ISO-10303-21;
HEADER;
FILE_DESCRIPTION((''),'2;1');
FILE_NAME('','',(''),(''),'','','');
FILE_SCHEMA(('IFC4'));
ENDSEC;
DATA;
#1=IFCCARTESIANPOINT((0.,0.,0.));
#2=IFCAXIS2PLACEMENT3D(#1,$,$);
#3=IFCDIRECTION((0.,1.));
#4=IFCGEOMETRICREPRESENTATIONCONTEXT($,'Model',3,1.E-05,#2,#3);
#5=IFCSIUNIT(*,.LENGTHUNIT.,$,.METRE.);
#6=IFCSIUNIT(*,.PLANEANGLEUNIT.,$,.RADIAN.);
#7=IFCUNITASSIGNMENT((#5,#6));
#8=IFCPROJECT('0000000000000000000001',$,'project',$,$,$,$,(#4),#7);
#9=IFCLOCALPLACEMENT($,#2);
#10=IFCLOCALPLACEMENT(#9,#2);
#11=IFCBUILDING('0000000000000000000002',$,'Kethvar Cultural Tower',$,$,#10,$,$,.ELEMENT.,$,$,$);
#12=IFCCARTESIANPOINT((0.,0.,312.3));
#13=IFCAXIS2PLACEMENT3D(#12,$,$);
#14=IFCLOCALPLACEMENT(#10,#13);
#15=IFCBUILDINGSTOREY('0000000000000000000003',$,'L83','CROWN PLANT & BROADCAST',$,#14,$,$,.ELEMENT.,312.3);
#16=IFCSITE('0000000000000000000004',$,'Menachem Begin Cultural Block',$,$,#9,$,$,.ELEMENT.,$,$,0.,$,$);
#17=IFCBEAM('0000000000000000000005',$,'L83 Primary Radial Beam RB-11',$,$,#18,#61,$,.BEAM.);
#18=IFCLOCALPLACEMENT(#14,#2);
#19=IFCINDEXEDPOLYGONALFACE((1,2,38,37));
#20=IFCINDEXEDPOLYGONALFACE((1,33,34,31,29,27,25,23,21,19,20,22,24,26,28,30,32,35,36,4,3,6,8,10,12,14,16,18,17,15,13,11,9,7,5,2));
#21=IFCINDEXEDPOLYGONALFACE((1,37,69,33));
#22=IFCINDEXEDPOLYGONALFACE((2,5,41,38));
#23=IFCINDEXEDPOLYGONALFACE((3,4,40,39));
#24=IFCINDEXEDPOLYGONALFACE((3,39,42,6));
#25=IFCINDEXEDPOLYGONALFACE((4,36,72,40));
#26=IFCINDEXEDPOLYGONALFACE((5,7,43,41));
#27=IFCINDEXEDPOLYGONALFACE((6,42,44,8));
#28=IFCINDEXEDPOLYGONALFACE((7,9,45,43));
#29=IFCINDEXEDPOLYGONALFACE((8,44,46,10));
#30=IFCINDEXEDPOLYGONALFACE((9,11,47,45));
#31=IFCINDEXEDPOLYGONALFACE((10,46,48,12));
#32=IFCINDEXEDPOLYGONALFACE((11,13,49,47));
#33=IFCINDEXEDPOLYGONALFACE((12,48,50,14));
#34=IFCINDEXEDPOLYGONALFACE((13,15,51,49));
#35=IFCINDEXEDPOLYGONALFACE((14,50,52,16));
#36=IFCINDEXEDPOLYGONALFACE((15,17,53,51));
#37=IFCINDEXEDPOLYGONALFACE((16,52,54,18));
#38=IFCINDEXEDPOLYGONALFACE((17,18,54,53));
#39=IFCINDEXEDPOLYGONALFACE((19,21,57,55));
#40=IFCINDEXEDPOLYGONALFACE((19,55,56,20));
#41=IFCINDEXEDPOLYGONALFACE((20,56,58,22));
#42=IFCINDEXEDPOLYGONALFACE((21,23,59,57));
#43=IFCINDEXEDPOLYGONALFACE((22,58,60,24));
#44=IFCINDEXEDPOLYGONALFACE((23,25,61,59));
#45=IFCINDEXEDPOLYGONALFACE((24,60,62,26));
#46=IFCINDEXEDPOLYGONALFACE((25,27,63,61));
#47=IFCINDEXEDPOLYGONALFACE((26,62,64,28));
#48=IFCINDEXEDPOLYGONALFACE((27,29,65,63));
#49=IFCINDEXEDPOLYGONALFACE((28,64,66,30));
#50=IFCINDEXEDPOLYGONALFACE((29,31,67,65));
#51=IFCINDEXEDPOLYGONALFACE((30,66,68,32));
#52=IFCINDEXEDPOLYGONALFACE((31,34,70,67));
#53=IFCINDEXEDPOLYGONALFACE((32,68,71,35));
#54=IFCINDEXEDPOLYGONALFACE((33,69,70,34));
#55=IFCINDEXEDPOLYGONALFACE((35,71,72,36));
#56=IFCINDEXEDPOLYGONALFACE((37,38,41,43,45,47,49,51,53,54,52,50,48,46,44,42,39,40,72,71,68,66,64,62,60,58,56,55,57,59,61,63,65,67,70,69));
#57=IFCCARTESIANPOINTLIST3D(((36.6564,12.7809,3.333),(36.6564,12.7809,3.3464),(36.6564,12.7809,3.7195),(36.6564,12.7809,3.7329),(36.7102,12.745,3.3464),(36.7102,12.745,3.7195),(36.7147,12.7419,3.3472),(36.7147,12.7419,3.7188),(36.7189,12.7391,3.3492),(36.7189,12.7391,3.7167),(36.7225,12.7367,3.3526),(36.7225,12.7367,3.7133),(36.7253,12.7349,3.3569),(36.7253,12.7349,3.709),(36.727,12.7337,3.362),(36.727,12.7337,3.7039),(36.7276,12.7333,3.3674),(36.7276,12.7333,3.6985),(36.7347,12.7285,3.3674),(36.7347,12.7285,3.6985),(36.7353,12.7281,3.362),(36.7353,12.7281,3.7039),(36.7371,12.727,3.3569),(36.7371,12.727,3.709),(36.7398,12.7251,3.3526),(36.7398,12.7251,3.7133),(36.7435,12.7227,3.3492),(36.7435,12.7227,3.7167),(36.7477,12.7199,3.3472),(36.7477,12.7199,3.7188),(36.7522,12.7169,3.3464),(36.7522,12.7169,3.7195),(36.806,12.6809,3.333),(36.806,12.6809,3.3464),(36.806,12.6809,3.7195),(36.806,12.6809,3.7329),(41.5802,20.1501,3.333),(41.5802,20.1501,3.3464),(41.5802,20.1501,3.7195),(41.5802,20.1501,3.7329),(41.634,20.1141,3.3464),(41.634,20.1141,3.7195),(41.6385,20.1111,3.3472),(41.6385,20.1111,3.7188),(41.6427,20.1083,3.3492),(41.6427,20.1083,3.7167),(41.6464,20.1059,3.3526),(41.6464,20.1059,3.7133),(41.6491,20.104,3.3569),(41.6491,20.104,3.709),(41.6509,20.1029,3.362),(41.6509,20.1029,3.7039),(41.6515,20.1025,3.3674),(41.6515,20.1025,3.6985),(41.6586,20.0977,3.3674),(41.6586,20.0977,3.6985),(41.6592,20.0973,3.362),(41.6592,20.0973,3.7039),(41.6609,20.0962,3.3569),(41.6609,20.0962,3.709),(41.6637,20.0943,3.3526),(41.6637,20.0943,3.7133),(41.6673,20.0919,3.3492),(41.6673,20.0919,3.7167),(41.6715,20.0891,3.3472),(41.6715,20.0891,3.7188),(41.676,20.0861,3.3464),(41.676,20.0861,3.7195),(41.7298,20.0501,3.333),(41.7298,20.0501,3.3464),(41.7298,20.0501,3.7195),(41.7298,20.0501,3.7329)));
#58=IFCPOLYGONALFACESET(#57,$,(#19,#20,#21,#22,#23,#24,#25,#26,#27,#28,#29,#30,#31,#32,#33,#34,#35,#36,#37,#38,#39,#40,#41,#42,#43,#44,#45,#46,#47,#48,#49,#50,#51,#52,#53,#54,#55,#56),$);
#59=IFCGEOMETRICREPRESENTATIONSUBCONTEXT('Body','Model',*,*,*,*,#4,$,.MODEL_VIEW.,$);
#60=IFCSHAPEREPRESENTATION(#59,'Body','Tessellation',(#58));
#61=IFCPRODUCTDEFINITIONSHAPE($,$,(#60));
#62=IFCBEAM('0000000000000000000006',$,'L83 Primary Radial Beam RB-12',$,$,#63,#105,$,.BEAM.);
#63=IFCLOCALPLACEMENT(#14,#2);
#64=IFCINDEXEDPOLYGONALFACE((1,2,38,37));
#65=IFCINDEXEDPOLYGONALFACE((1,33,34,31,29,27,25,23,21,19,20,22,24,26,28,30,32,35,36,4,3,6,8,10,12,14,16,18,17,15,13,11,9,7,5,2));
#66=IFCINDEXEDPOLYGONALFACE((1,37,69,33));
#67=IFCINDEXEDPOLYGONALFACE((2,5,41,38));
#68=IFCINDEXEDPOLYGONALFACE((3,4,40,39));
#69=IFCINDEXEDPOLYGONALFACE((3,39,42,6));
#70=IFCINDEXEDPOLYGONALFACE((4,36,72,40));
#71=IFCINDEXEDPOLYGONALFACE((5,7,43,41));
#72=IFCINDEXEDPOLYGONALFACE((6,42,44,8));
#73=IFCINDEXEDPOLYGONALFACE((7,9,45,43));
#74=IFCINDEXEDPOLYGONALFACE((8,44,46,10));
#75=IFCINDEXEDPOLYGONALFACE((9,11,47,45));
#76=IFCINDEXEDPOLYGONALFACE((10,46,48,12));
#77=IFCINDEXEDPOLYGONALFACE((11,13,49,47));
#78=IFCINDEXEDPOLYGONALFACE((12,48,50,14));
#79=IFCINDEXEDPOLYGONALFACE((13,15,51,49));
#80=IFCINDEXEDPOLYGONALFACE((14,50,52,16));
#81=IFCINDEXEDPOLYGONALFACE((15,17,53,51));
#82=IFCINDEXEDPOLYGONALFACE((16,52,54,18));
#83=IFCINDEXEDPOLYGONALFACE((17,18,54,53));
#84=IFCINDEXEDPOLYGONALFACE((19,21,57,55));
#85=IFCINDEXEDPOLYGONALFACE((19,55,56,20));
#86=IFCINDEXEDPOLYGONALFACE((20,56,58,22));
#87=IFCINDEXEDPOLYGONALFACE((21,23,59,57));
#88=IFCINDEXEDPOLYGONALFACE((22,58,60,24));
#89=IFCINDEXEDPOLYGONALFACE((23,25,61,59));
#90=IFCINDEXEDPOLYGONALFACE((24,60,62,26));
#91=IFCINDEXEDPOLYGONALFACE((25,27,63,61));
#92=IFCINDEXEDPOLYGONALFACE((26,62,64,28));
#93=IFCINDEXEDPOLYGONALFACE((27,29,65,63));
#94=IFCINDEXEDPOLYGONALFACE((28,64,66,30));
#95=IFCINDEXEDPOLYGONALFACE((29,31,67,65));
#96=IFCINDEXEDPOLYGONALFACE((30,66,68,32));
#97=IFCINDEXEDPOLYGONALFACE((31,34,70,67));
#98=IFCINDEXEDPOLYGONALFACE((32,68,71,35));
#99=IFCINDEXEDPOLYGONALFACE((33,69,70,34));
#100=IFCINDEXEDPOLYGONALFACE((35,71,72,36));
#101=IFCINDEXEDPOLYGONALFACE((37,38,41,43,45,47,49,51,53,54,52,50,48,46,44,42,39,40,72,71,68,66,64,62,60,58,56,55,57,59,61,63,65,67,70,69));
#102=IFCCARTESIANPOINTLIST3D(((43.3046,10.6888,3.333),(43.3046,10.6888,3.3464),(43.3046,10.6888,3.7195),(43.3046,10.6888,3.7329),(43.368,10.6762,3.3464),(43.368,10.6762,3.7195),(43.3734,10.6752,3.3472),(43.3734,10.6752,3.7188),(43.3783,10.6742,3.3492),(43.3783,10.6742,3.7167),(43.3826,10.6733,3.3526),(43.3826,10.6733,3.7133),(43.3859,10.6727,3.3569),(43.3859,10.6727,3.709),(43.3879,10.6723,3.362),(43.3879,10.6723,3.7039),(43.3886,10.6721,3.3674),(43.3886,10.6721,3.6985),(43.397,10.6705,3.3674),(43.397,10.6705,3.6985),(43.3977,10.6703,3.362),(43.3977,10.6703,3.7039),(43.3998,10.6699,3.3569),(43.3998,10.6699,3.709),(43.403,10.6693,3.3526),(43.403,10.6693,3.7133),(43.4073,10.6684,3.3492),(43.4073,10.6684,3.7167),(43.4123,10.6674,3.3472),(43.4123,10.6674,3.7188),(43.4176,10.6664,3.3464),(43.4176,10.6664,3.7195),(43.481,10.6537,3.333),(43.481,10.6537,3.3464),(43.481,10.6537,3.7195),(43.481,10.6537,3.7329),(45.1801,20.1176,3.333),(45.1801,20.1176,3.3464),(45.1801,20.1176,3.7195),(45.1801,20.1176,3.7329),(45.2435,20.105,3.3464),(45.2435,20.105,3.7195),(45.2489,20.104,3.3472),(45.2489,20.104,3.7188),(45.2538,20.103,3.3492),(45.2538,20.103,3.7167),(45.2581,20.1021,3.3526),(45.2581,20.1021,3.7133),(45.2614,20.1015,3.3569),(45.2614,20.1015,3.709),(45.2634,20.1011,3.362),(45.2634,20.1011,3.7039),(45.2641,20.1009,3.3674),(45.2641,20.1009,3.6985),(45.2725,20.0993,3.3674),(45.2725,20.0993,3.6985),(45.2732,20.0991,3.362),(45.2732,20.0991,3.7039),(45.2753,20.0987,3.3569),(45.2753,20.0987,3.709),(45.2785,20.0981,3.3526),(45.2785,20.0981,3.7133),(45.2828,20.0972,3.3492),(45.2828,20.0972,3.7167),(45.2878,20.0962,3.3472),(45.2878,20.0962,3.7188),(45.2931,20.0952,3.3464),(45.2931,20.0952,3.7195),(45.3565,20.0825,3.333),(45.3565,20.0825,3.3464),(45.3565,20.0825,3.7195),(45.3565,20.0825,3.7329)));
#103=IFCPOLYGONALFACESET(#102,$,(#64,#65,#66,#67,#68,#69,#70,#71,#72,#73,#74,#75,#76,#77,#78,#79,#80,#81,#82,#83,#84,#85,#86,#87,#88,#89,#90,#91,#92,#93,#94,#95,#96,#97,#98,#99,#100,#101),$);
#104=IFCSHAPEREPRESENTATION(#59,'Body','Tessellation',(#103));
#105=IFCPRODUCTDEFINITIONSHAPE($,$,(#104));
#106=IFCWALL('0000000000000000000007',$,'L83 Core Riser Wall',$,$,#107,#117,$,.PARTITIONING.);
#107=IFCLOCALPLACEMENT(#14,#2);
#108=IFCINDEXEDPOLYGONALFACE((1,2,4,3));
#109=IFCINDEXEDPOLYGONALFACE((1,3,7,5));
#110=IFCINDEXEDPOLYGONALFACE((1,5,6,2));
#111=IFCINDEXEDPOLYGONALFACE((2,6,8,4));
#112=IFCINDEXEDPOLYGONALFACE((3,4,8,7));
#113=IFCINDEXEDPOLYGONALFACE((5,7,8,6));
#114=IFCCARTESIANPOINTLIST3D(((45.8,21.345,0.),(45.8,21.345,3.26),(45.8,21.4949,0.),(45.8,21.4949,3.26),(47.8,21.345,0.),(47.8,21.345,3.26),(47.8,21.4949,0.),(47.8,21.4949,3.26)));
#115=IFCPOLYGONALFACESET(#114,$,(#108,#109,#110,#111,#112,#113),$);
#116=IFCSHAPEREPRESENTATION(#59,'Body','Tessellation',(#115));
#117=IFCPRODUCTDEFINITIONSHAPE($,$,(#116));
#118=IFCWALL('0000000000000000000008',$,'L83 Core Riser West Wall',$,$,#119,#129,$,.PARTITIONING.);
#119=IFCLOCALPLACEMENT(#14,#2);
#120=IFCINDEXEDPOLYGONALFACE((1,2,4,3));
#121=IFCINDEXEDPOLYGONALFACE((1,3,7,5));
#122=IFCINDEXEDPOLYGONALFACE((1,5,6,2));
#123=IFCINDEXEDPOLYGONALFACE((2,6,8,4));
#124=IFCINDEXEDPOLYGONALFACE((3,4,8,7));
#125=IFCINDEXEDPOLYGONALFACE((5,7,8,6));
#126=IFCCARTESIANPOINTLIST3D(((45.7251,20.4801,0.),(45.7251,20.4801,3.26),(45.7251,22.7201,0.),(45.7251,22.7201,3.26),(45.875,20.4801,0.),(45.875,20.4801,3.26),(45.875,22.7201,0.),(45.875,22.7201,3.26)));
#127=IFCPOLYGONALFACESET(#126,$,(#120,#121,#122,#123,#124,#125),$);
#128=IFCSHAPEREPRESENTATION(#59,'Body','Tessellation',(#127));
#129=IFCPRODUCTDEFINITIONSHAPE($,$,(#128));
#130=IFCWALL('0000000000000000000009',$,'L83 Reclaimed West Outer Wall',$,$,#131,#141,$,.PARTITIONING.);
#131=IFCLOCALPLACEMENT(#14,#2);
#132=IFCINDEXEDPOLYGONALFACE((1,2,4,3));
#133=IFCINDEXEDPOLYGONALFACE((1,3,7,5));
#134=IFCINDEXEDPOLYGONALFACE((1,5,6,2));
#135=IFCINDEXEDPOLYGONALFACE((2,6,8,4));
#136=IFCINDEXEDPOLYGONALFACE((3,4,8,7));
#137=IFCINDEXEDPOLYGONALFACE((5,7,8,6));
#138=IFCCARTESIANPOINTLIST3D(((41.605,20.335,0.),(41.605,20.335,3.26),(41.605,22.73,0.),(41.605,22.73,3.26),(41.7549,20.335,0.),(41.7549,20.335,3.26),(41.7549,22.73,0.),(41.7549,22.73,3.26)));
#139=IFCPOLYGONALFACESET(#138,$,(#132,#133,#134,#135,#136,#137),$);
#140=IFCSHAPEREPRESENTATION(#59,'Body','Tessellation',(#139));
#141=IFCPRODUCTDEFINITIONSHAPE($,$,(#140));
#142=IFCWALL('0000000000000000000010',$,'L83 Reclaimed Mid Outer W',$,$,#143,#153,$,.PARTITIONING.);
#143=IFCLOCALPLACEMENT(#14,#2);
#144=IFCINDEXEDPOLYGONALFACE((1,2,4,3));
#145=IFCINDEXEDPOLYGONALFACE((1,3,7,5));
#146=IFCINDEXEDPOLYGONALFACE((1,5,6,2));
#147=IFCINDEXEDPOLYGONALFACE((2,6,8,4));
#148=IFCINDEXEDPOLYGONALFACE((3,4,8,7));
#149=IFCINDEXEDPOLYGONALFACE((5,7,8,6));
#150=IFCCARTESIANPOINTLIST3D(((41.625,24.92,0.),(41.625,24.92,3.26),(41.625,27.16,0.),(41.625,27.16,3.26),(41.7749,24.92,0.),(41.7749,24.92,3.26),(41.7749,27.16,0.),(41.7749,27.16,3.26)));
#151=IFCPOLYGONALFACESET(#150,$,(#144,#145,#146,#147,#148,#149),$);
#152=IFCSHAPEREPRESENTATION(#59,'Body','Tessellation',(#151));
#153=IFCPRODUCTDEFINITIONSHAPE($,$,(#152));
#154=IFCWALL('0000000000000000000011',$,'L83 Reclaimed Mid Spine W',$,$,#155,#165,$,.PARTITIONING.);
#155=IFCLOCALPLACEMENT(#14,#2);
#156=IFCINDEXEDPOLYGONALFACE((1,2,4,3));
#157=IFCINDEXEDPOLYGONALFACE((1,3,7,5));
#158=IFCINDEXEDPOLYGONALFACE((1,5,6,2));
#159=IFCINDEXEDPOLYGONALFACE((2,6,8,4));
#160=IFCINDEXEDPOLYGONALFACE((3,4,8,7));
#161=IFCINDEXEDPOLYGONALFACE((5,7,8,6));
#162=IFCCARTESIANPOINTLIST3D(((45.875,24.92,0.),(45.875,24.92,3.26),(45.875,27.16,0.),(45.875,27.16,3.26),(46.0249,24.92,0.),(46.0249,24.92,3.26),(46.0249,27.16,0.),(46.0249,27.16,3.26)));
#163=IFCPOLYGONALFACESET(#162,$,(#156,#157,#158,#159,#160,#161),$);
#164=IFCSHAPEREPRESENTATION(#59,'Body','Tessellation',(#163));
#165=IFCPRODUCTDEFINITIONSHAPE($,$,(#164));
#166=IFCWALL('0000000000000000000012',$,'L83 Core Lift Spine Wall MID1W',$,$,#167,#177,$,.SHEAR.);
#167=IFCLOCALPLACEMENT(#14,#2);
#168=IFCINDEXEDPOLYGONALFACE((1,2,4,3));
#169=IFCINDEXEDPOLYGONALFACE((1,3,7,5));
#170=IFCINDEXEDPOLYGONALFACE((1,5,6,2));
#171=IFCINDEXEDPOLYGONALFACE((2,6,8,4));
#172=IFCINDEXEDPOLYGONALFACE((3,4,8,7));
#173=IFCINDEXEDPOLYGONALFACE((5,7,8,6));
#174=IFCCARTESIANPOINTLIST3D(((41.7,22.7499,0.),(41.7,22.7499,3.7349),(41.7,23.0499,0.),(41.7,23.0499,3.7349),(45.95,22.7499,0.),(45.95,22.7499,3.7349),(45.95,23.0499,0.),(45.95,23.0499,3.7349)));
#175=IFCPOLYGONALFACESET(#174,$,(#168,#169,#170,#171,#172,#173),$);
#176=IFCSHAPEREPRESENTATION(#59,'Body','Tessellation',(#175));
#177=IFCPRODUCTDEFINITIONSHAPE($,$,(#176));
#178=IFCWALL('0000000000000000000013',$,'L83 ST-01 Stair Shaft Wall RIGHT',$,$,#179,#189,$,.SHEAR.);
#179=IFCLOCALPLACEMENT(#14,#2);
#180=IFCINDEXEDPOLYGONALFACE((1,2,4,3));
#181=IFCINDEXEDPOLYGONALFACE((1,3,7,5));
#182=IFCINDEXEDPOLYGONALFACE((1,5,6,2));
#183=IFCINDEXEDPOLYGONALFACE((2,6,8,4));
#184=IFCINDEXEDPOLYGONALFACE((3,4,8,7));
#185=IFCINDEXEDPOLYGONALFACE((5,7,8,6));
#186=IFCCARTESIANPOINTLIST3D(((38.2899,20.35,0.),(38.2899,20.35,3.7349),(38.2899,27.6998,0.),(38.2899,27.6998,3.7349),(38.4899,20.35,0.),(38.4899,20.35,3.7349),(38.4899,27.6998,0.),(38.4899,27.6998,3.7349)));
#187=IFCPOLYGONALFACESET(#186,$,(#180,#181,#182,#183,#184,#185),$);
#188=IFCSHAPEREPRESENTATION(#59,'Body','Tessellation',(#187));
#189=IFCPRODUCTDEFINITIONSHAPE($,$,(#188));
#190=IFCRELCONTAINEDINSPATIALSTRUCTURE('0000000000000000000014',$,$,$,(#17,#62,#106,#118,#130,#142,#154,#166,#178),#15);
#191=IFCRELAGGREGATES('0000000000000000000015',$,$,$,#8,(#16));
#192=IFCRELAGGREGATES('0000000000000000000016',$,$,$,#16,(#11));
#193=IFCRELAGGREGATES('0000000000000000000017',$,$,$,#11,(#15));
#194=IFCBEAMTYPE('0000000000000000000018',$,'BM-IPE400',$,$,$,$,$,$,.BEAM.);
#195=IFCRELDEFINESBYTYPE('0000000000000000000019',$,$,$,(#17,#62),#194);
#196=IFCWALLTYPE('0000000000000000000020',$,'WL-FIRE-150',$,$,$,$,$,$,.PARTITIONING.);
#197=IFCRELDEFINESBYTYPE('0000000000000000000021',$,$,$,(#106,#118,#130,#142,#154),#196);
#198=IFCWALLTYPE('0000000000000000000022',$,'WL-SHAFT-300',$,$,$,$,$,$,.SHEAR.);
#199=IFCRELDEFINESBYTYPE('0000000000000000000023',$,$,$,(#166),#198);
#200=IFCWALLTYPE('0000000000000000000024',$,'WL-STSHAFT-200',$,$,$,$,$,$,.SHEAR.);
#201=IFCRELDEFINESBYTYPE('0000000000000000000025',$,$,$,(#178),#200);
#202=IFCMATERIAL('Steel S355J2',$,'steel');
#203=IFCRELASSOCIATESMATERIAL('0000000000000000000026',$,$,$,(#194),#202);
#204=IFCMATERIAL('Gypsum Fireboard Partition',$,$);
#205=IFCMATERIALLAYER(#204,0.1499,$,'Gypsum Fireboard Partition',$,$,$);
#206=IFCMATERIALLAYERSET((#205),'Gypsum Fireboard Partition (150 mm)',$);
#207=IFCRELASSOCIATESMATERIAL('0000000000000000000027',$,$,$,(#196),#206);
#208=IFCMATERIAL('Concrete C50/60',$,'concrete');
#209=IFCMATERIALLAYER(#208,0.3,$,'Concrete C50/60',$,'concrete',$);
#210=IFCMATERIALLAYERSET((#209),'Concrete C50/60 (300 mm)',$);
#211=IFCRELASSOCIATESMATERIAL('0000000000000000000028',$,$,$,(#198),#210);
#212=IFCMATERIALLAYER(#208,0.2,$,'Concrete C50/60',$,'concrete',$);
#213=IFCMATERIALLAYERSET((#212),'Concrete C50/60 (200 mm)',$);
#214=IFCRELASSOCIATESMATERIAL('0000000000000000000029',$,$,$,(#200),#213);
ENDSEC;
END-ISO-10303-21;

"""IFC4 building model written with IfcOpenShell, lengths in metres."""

from ifc_helpers import new_model, si_unit, direction, frame, frame_2d, origin, origin_2d, place, context, subcontext, project, spatial, rectangle, i_section, extrude, source, transform, mapped, material, layer, layer_set, material_profile, profile_set, type_object, element, save


model = new_model("IFC4")

# Units and contexts
model_context = context("Model", 3, precision=1e-05, world=origin(), true_north=direction((0.0, 1.0)))
body_context = subcontext(model_context, "Body", "Model", "MODEL_VIEW")
ifc_project = project(units=[si_unit("LENGTHUNIT", "METRE"), si_unit("PLANEANGLEUNIT", "RADIAN")], contexts=[model_context])

# Site, building, storey
site_placement = place(None, origin())
site = spatial("IfcSite", under=ifc_project, at=site_placement, Name="Menachem Begin Cultural Block", CompositionType="ELEMENT", RefElevation=0.0)
building_placement = place(site_placement, origin())
building = spatial("IfcBuilding", under=site, at=building_placement, Name="Kethvar Cultural Tower", CompositionType="ELEMENT")
storey_placement = place(building_placement, frame((0.0, 0.0, 312.3)))
storey = spatial("IfcBuildingStorey", under=building, at=storey_placement, Name="L83", Description="CROWN PLANT & BROADCAST", CompositionType="ELEMENT", Elevation=312.3)

# Beams
ifc_material_1 = material(Name="Steel S355J2", Category="steel")
ifc_material_profile_1 = material_profile(ifc_material_1, i_section(OverallWidth=0.1799, OverallDepth=0.3999, WebThickness=0.0085, FlangeThickness=0.0134, FilletRadius=0.021, at=origin_2d()), Name="Steel S355J2 — IPE400")
ifc_profile_set_1 = profile_set([ifc_material_profile_1], Name="Steel S355J2 — IPE400")
beam_type_1 = type_object("IfcBeamType", Name="BM-IPE400", PredefinedType="BEAM", material=ifc_profile_set_1)
shared_shape_1 = source(origin(), body_context, "Body", "SweptSolid", [
    extrude(i_section(OverallWidth=0.1799, OverallDepth=0.3999, WebThickness=0.0085, FlangeThickness=0.0134, FilletRadius=0.021, at=origin_2d()), origin(), (0.0, 0.0, 1.0), 8.8628),
])
beam_1_placement = place(storey_placement, frame((41.655, 20.1001, 3.533), z_axis=(-0.555564, -0.831473, 0.0), x_axis=(0.831473, -0.555564, 0.0)))
element("IfcBeam", 1, at=beam_1_placement, inside=storey, type_object=beam_type_1, Name="L83 Primary Radial Beam RB-11", PredefinedType="BEAM", context=body_context, shape_type="MappedRepresentation", body=[
    mapped(shared_shape_1, transform((0.0, 0.0, 0.0), scale=1.0)),
])
shared_shape_2 = source(origin(), body_context, "Body", "SweptSolid", [
    extrude(i_section(OverallWidth=0.1799, OverallDepth=0.3999, WebThickness=0.0085, FlangeThickness=0.0134, FilletRadius=0.021, at=origin_2d()), origin(), (0.0, 0.0, 1.0), 9.6135),
])
beam_2_placement = place(storey_placement, frame((45.2683, 20.1001, 3.533), z_axis=(-0.19509, -0.980785, 0.0), x_axis=(0.980785, -0.19509, 0.0)))
element("IfcBeam", 2, at=beam_2_placement, inside=storey, type_object=beam_type_1, Name="L83 Primary Radial Beam RB-12", PredefinedType="BEAM", context=body_context, shape_type="MappedRepresentation", body=[
    mapped(shared_shape_2, transform((0.0, 0.0, 0.0), scale=1.0)),
])

# Walls
ifc_material_2 = material(Name="Gypsum Fireboard Partition")
ifc_layer_1 = layer(ifc_material_2, 0.1499, Name="Gypsum Fireboard Partition")
ifc_layer_set_1 = layer_set([ifc_layer_1], Name="Gypsum Fireboard Partition (150 mm)")
wall_type_1 = type_object("IfcWallType", Name="WL-FIRE-150", PredefinedType="PARTITIONING", material=ifc_layer_set_1)
wall_1_placement = place(storey_placement, frame((45.8, 21.4199, 0.0), z_axis=(0.0, 0.0, 1.0), x_axis=(1.0, 0.0, 0.0)))
element("IfcWall", 3, at=wall_1_placement, inside=storey, type_object=wall_type_1, Name="L83 Core Riser Wall", PredefinedType="PARTITIONING", context=body_context, shape_type="SweptSolid", body=[
    extrude(rectangle(XDim=2.0, YDim=0.1499, at=frame_2d((1.0, 0.0))), origin(), (0.0, 0.0, 1.0), 3.26),
])
wall_2_placement = place(storey_placement, frame((45.8, 20.48, 0.0), z_axis=(0.0, 0.0, 1.0), x_axis=(0.0, 1.0, 0.0)))
element("IfcWall", 4, at=wall_2_placement, inside=storey, type_object=wall_type_1, Name="L83 Core Riser West Wall", PredefinedType="PARTITIONING", context=body_context, shape_type="SweptSolid", body=[
    extrude(rectangle(XDim=2.24, YDim=0.1499, at=frame_2d((1.1201, 0.0))), origin(), (0.0, 0.0, 1.0), 3.26),
])
wall_3_placement = place(storey_placement, frame((41.6799, 20.335, 0.0), z_axis=(0.0, 0.0, 1.0), x_axis=(0.0, 1.0, 0.0)))
element("IfcWall", 5, at=wall_3_placement, inside=storey, type_object=wall_type_1, Name="L83 Reclaimed West Outer Wall", PredefinedType="PARTITIONING", context=body_context, shape_type="SweptSolid", body=[
    extrude(rectangle(XDim=2.395, YDim=0.1499, at=frame_2d((1.1975, 0.0))), origin(), (0.0, 0.0, 1.0), 3.26),
])
for number, where, z_axis, x_axis, name in (
    (6, (41.7, 24.9199, 0.0), (0.0, 0.0, 1.0), (0.0, 1.0, 0.0), "L83 Reclaimed Mid Outer W"),
    (7, (45.95, 24.9199, 0.0), (0.0, 0.0, 1.0), (0.0, 1.0, 0.0), "L83 Reclaimed Mid Spine W"),
):
    element("IfcWall", number, at=place(storey_placement, frame(where, z_axis=z_axis, x_axis=x_axis)), inside=storey, type_object=wall_type_1, Name=name, PredefinedType="PARTITIONING", context=body_context, shape_type="SweptSolid", body=[
        extrude(rectangle(XDim=2.24, YDim=0.1499, at=frame_2d((1.1201, 0.0))), origin(), (0.0, 0.0, 1.0), 3.26),
    ])
ifc_material_3 = material(Name="Concrete C50/60", Category="concrete")
ifc_layer_2 = layer(ifc_material_3, 0.3, Name="Concrete C50/60", Category="concrete")
ifc_layer_set_2 = layer_set([ifc_layer_2], Name="Concrete C50/60 (300 mm)")
wall_type_2 = type_object("IfcWallType", Name="WL-SHAFT-300", PredefinedType="SHEAR", material=ifc_layer_set_2)
wall_4_placement = place(storey_placement, frame((41.7, 22.8999, 0.0), z_axis=(0.0, 0.0, 1.0), x_axis=(1.0, 0.0, 0.0)))
element("IfcWall", 8, at=wall_4_placement, inside=storey, type_object=wall_type_2, Name="L83 Core Lift Spine Wall MID1W", PredefinedType="SHEAR", context=body_context, shape_type="SweptSolid", body=[
    extrude(rectangle(XDim=4.25, YDim=0.3, at=frame_2d((2.125, 0.0))), origin(), (0.0, 0.0, 1.0), 3.7349),
])

# Wall
ifc_layer_3 = layer(ifc_material_3, 0.2, Name="Concrete C50/60", Category="concrete")
ifc_layer_set_3 = layer_set([ifc_layer_3], Name="Concrete C50/60 (200 mm)")
wall_type_3 = type_object("IfcWallType", Name="WL-STSHAFT-200", PredefinedType="SHEAR", material=ifc_layer_set_3)
wall_5_placement = place(storey_placement, frame((38.3899, 20.3501, 0.0), z_axis=(0.0, 0.0, 1.0), x_axis=(0.0, 1.0, 0.0)))
element("IfcWall", 9, at=wall_5_placement, inside=storey, type_object=wall_type_3, Name="L83 ST-01 Stair Shaft Wall RIGHT", PredefinedType="SHEAR", context=body_context, shape_type="SweptSolid", body=[
    extrude(rectangle(XDim=7.3499, YDim=0.2, at=frame_2d((3.6748, 0.0))), origin(), (0.0, 0.0, 1.0), 3.7349),
])

save(model, "model.ifc")
